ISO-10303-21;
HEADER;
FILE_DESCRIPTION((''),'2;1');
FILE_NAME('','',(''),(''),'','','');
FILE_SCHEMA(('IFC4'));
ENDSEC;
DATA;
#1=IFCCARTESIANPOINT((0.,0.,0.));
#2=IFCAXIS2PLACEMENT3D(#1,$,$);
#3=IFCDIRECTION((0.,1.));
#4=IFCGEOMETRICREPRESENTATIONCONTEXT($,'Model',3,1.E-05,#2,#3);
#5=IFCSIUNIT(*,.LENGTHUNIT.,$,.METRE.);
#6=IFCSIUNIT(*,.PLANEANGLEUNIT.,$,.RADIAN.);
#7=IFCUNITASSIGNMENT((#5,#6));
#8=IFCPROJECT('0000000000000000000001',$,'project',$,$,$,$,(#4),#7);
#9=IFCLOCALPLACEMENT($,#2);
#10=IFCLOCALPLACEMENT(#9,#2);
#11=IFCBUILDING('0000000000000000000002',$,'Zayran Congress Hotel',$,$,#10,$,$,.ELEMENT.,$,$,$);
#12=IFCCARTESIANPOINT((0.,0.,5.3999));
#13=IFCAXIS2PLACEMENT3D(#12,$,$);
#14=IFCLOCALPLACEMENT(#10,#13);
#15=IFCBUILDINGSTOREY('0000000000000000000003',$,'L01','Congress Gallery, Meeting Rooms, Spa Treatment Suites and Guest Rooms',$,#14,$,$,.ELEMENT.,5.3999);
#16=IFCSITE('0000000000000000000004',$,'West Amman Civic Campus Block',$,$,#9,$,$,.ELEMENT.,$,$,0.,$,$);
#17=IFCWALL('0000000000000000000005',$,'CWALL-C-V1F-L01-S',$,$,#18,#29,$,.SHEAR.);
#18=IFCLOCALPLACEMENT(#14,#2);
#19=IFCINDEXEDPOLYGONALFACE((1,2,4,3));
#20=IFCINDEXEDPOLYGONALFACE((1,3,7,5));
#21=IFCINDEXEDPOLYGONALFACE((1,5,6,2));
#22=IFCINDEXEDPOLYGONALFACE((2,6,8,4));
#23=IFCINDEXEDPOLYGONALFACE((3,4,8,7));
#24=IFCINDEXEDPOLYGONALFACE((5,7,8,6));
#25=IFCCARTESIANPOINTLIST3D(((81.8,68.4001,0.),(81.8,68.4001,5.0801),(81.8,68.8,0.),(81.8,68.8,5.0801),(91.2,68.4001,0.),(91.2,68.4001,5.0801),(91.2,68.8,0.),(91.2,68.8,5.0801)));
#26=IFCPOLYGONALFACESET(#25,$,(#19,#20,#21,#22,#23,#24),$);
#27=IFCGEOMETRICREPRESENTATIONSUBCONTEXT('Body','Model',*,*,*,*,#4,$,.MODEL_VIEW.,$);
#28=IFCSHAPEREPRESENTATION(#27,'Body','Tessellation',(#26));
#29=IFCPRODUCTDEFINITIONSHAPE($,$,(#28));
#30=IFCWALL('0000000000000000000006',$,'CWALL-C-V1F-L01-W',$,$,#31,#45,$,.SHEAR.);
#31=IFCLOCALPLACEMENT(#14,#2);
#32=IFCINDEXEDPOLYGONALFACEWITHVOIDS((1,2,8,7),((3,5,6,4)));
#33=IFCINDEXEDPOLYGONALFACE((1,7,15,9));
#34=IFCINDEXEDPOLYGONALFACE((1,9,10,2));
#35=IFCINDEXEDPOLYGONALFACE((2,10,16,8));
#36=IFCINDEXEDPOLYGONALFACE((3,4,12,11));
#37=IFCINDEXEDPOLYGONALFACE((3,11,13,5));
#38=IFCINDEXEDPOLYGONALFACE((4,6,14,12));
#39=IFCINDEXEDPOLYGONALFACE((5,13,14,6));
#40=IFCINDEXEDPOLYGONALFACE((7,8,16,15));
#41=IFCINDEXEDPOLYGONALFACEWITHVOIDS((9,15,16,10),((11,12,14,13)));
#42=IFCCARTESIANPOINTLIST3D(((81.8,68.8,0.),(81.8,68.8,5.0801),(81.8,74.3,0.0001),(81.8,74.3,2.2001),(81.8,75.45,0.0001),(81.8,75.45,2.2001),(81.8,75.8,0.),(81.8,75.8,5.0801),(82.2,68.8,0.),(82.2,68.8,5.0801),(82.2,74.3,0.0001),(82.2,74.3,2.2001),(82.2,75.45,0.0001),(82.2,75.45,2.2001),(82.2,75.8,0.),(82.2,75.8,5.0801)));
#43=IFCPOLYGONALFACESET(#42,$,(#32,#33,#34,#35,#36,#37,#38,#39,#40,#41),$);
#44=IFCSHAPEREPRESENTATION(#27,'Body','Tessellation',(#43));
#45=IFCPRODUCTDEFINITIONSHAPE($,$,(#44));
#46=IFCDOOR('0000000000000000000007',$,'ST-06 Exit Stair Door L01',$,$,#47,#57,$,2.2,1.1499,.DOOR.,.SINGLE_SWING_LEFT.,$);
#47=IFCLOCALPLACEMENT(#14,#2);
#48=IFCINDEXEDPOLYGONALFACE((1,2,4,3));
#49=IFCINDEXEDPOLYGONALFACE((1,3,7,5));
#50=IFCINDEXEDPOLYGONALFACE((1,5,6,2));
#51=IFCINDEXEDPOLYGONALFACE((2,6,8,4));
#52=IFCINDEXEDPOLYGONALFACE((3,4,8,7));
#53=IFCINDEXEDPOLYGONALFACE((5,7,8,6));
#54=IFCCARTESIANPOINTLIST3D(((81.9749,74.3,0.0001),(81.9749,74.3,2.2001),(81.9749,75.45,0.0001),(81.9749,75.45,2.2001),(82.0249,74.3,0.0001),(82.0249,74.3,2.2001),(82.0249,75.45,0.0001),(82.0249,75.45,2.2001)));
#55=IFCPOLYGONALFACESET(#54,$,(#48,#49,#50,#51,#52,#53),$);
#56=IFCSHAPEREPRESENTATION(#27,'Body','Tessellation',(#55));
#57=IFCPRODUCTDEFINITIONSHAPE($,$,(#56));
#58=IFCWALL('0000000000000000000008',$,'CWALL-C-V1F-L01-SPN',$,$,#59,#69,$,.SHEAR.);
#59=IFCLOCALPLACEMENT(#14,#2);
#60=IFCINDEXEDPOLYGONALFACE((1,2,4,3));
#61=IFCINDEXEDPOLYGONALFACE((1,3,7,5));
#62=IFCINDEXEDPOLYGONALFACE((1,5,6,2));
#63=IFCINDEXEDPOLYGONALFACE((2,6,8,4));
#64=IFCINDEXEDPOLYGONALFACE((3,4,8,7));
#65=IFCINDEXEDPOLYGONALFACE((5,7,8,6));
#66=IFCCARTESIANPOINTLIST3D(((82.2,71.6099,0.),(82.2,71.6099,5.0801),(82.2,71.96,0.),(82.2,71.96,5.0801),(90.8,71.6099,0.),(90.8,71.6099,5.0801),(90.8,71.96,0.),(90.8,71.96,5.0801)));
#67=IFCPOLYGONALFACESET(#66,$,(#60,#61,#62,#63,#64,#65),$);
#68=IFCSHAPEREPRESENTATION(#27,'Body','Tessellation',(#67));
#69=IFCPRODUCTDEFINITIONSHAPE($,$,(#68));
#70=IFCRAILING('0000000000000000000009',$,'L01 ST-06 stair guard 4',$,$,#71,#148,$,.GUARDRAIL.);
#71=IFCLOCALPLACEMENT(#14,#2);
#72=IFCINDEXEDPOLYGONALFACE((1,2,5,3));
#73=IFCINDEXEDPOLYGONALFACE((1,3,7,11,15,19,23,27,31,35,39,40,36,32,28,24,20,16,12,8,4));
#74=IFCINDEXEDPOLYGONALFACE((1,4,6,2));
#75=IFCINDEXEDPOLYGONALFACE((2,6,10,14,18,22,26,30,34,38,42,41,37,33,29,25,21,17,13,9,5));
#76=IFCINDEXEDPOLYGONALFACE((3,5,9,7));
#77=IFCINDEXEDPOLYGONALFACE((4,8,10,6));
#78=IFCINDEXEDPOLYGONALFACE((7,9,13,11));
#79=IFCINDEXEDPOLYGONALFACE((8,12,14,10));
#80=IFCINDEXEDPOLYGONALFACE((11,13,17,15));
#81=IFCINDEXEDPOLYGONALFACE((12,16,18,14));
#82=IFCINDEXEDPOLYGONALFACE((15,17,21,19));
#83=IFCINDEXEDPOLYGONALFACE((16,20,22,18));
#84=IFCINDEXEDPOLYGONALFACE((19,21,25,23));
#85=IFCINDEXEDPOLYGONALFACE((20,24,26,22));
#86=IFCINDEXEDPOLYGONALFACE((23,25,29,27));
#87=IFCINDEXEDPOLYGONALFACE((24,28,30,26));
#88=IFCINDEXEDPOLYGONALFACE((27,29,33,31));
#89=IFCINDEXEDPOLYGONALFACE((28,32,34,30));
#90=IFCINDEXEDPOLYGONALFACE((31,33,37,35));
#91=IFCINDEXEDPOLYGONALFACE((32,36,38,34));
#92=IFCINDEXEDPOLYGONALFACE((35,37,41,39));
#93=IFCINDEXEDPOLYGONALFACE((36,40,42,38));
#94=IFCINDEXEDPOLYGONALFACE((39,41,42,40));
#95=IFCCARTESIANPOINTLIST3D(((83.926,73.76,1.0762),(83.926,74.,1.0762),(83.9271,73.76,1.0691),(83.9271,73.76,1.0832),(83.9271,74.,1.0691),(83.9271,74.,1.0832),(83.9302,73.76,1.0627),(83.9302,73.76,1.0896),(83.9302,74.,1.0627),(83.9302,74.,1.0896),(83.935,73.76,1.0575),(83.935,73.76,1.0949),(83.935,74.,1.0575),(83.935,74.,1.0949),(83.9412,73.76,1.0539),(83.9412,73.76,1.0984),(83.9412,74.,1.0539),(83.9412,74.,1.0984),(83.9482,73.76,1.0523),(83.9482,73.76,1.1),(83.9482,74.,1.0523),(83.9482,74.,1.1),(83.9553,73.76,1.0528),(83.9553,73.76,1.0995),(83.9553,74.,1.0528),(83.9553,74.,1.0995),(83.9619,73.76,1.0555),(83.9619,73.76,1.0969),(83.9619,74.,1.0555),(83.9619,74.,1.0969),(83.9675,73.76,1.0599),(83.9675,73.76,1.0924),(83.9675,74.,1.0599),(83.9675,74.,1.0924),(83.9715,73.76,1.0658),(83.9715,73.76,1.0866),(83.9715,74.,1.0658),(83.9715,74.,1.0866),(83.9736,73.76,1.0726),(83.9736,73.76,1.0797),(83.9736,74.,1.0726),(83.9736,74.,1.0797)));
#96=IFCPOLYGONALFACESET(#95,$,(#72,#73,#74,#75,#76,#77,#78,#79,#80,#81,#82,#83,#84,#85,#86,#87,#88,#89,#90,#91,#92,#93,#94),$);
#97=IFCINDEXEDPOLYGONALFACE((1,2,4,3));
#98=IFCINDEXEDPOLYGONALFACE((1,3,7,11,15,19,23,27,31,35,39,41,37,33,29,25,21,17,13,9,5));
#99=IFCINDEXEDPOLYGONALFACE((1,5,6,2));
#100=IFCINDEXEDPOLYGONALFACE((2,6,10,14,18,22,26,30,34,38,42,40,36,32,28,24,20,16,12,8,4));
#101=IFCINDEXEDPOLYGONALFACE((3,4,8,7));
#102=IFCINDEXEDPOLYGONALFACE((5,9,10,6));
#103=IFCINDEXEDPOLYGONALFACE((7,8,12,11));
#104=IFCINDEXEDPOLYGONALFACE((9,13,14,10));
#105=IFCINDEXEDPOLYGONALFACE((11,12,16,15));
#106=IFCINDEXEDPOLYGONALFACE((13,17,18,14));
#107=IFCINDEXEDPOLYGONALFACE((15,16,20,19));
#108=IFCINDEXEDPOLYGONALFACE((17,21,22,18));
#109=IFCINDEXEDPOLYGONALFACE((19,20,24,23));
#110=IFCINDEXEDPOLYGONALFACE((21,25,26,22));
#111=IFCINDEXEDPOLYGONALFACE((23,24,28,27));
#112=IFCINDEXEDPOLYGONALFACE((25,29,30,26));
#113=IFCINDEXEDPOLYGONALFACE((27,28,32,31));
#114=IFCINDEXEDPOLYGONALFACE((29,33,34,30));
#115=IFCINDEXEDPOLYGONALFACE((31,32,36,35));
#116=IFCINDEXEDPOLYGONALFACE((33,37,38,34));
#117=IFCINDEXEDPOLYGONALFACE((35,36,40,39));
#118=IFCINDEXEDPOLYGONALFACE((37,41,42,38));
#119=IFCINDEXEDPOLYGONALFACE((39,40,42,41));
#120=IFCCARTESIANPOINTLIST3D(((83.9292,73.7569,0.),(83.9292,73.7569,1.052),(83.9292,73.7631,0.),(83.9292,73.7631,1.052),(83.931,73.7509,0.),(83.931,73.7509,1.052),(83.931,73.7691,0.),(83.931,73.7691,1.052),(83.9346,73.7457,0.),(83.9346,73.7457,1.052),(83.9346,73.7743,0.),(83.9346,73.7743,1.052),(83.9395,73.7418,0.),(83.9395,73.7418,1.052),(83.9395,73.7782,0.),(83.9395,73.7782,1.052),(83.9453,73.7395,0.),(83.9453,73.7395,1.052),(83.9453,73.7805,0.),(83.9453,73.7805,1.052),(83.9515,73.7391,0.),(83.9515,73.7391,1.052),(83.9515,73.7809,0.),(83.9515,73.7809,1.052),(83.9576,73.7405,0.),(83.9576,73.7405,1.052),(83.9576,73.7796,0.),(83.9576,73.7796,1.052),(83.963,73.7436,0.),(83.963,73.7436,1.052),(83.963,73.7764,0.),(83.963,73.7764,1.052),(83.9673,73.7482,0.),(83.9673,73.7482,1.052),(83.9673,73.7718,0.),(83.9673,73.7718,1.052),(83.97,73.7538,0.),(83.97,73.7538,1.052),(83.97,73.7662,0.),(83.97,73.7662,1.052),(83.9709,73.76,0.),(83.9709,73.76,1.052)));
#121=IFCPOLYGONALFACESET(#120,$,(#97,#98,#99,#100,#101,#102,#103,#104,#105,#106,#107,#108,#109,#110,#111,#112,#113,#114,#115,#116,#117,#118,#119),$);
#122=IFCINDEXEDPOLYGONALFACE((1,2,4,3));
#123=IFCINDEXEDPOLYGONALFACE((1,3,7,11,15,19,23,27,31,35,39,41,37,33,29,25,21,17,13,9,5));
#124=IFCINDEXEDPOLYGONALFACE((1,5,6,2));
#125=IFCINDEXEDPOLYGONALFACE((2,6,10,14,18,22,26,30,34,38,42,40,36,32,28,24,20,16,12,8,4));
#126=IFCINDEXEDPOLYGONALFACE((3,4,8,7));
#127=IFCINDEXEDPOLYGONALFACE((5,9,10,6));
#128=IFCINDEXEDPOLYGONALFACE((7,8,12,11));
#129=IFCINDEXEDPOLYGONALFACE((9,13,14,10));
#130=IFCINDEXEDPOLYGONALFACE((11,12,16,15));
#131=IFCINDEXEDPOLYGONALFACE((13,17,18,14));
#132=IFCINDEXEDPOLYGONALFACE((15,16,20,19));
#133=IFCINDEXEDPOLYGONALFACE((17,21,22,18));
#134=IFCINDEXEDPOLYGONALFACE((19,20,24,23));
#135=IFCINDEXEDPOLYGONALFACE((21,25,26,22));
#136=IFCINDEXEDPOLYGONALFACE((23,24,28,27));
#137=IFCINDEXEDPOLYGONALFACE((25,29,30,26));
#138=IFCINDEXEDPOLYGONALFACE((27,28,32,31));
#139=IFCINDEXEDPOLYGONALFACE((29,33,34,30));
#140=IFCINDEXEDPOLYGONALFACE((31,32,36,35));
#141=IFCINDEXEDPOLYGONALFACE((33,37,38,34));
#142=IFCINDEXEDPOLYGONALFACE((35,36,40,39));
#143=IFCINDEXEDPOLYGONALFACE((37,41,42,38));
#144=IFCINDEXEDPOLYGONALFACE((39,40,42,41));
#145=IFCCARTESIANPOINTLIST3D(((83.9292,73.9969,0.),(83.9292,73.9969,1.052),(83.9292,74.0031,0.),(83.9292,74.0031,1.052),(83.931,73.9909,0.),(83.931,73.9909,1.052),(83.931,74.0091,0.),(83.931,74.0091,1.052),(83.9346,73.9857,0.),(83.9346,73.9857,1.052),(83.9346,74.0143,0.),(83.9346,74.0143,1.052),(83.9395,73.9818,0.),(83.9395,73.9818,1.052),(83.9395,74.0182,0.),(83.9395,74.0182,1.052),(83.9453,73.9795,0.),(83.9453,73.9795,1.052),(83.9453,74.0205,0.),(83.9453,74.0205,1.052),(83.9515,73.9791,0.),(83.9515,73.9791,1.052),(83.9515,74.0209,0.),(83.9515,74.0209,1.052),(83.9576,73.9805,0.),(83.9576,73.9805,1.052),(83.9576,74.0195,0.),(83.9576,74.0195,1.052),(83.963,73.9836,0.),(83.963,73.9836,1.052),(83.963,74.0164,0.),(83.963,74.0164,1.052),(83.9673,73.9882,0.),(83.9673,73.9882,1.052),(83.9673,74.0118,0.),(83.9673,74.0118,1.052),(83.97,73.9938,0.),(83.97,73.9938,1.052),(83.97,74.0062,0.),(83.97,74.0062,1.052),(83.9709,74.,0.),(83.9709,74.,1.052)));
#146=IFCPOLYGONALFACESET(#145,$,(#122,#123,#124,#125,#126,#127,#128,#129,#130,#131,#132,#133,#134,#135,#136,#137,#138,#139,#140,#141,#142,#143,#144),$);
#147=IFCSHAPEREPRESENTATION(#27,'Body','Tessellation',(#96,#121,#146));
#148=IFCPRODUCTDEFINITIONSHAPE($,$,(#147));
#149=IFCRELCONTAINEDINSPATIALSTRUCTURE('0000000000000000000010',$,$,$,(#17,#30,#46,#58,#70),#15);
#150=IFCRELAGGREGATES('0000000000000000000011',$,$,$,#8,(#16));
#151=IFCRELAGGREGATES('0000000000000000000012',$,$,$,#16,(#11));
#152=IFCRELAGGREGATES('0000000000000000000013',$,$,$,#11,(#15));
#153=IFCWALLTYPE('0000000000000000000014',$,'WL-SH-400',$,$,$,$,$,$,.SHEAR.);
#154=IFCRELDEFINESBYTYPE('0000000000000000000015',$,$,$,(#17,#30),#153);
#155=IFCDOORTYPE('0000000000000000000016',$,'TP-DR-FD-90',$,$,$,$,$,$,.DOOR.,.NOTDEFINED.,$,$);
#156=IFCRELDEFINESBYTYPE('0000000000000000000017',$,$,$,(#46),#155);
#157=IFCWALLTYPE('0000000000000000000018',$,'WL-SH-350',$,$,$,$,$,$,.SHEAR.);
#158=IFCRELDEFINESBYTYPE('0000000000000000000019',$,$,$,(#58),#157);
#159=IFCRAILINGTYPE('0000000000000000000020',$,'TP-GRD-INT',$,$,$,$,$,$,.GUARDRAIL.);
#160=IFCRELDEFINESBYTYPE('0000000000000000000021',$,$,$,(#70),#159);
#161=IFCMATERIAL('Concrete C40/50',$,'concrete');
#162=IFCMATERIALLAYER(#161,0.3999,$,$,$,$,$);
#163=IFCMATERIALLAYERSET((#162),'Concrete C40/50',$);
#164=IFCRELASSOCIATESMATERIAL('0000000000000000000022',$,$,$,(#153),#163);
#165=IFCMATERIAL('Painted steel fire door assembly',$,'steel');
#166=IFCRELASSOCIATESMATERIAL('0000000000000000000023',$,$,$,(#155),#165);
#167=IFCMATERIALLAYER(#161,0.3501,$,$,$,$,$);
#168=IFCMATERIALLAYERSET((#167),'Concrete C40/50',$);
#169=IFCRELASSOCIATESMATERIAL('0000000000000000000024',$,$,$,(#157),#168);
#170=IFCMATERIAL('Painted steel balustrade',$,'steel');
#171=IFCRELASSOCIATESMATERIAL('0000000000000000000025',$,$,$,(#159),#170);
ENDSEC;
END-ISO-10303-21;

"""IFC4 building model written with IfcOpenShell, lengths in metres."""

from ifc_helpers import new_model, si_unit, direction, frame, frame_2d, origin, origin_2d, place, context, subcontext, project, spatial, rectangle, circle, extrude, material, layer, layer_set, type_object, element, fill, save


model = new_model("IFC4")

# Units and contexts
model_context = context("Model", 3, precision=1e-05, world=origin(), true_north=direction((0.0, 1.0)))
body_context = subcontext(model_context, "Body", "Model", "MODEL_VIEW")
ifc_project = project(units=[si_unit("LENGTHUNIT", "METRE"), si_unit("PLANEANGLEUNIT", "RADIAN")], contexts=[model_context])

# Site, building, storey
site_placement = place(None, origin())
site = spatial("IfcSite", under=ifc_project, at=site_placement, Name="West Amman Civic Campus Block", CompositionType="ELEMENT", RefElevation=0.0)
building_placement = place(site_placement, origin())
building = spatial("IfcBuilding", under=site, at=building_placement, Name="Zayran Congress Hotel", CompositionType="ELEMENT")
storey_placement = place(building_placement, frame((0.0, 0.0, 5.3999)))
storey = spatial("IfcBuildingStorey", under=building, at=storey_placement, Name="L01", Description="Congress Gallery, Meeting Rooms, Spa Treatment Suites and Guest Rooms", CompositionType="ELEMENT", Elevation=5.3999)

# Shared definitions
ifc_material_1 = material(Name="Concrete C40/50", Category="concrete")

# Wall
ifc_layer_1 = layer(ifc_material_1, 0.3999)
ifc_layer_set_1 = layer_set([ifc_layer_1], Name="Concrete C40/50")
wall_type_1 = type_object("IfcWallType", Name="WL-SH-400", PredefinedType="SHEAR", material=ifc_layer_set_1)
wall_1_placement = place(storey_placement, frame((81.8, 68.6001, 0.0), z_axis=(0.0, 0.0, 1.0), x_axis=(1.0, 0.0, 0.0)))
element("IfcWall", 1, at=wall_1_placement, inside=storey, type_object=wall_type_1, Name="CWALL-C-V1F-L01-S", PredefinedType="SHEAR", context=body_context, shape_type="SweptSolid", body=[
    extrude(rectangle(XDim=9.3999, YDim=0.3999, at=frame_2d((4.7, 0.0))), origin(), (0.0, 0.0, 1.0), 5.0801),
])

# Wall, opening, door
wall_2_placement = place(storey_placement, frame((82.0, 75.8, 0.0), z_axis=(0.0, 0.0, 1.0), x_axis=(0.0, -1.0, 0.0)))
wall_2 = element("IfcWall", 2, at=wall_2_placement, inside=storey, type_object=wall_type_1, Name="CWALL-C-V1F-L01-W", PredefinedType="SHEAR", context=body_context, shape_type="SweptSolid", body=[
    extrude(rectangle(XDim=7.0, YDim=0.3999, at=frame_2d((3.5, 0.0))), origin(), (0.0, 0.0, 1.0), 5.0801),
])
opening_placement = place(wall_2_placement, frame((0.3501, 0.0, 0.0)))
opening = element("IfcOpeningElement", 3, at=opening_placement, cuts=wall_2, PredefinedType="OPENING", context=body_context, shape_type="SweptSolid", body=[
    extrude(rectangle(XDim=1.1499, YDim=2.2, at=frame_2d((0.575, 1.1001))), frame((0.0, 0.21, 0.0), z_axis=(0.0, -1.0, 0.0), x_axis=(1.0, 0.0, 0.0)), (0.0, 0.0, 1.0), 0.4199),
])
ifc_material_2 = material(Name="Painted steel fire door assembly", Category="steel")
door_type = type_object("IfcDoorType", Name="TP-DR-FD-90", OperationType="NOTDEFINED", PredefinedType="DOOR", material=ifc_material_2)
door_placement = place(opening_placement, origin())
door = element("IfcDoor", 4, at=door_placement, inside=storey, type_object=door_type, Name="ST-06 Exit Stair Door L01", OperationType="SINGLE_SWING_LEFT", OverallHeight=2.2, OverallWidth=1.1499, PredefinedType="DOOR", context=body_context, shape_type="SweptSolid", body=[
    extrude(rectangle(XDim=1.1499, YDim=2.2, at=frame_2d((0.575, 1.1001))), frame((0.0, 0.0249, 0.0), z_axis=(0.0, -1.0, 0.0), x_axis=(1.0, 0.0, 0.0)), (0.0, 0.0, 1.0), 0.05),
])
fill(opening, door)

# Wall
ifc_layer_2 = layer(ifc_material_1, 0.3501)
ifc_layer_set_2 = layer_set([ifc_layer_2], Name="Concrete C40/50")
wall_type_2 = type_object("IfcWallType", Name="WL-SH-350", PredefinedType="SHEAR", material=ifc_layer_set_2)
wall_3_placement = place(storey_placement, frame((82.2, 71.7849, 0.0), z_axis=(0.0, 0.0, 1.0), x_axis=(1.0, 0.0, 0.0)))
element("IfcWall", 5, at=wall_3_placement, inside=storey, type_object=wall_type_2, Name="CWALL-C-V1F-L01-SPN", PredefinedType="SHEAR", context=body_context, shape_type="SweptSolid", body=[
    extrude(rectangle(XDim=8.6001, YDim=0.3501, at=frame_2d((4.3, 0.0))), origin(), (0.0, 0.0, 1.0), 5.0801),
])

# Railing
ifc_material_3 = material(Name="Painted steel balustrade", Category="steel")
railing_type = type_object("IfcRailingType", Name="TP-GRD-INT", PredefinedType="GUARDRAIL", material=ifc_material_3)
railing_1_placement = place(storey_placement, frame((83.95, 73.76, 0.0)))
element("IfcRailing", 6, at=railing_1_placement, inside=storey, type_object=railing_type, Name="L01 ST-06 stair guard 4", PredefinedType="GUARDRAIL", context=body_context, shape_type="SweptSolid", body=[
    extrude(circle(Radius=0.0239, at=origin_2d()), frame((0.0, 0.0, 1.0762), z_axis=(0.0, 1.0, 0.0), x_axis=(-1.0, 0.0, 0.0)), (0.0, 0.0, 1.0), 0.24),
    extrude(circle(Radius=0.021, at=origin_2d()), origin(), (0.0, 0.0, 1.0), 1.052),
    extrude(circle(Radius=0.021, at=origin_2d()), frame((0.0, 0.24, 0.0)), (0.0, 0.0, 1.0), 1.052),
])

save(model, "model.ifc")
